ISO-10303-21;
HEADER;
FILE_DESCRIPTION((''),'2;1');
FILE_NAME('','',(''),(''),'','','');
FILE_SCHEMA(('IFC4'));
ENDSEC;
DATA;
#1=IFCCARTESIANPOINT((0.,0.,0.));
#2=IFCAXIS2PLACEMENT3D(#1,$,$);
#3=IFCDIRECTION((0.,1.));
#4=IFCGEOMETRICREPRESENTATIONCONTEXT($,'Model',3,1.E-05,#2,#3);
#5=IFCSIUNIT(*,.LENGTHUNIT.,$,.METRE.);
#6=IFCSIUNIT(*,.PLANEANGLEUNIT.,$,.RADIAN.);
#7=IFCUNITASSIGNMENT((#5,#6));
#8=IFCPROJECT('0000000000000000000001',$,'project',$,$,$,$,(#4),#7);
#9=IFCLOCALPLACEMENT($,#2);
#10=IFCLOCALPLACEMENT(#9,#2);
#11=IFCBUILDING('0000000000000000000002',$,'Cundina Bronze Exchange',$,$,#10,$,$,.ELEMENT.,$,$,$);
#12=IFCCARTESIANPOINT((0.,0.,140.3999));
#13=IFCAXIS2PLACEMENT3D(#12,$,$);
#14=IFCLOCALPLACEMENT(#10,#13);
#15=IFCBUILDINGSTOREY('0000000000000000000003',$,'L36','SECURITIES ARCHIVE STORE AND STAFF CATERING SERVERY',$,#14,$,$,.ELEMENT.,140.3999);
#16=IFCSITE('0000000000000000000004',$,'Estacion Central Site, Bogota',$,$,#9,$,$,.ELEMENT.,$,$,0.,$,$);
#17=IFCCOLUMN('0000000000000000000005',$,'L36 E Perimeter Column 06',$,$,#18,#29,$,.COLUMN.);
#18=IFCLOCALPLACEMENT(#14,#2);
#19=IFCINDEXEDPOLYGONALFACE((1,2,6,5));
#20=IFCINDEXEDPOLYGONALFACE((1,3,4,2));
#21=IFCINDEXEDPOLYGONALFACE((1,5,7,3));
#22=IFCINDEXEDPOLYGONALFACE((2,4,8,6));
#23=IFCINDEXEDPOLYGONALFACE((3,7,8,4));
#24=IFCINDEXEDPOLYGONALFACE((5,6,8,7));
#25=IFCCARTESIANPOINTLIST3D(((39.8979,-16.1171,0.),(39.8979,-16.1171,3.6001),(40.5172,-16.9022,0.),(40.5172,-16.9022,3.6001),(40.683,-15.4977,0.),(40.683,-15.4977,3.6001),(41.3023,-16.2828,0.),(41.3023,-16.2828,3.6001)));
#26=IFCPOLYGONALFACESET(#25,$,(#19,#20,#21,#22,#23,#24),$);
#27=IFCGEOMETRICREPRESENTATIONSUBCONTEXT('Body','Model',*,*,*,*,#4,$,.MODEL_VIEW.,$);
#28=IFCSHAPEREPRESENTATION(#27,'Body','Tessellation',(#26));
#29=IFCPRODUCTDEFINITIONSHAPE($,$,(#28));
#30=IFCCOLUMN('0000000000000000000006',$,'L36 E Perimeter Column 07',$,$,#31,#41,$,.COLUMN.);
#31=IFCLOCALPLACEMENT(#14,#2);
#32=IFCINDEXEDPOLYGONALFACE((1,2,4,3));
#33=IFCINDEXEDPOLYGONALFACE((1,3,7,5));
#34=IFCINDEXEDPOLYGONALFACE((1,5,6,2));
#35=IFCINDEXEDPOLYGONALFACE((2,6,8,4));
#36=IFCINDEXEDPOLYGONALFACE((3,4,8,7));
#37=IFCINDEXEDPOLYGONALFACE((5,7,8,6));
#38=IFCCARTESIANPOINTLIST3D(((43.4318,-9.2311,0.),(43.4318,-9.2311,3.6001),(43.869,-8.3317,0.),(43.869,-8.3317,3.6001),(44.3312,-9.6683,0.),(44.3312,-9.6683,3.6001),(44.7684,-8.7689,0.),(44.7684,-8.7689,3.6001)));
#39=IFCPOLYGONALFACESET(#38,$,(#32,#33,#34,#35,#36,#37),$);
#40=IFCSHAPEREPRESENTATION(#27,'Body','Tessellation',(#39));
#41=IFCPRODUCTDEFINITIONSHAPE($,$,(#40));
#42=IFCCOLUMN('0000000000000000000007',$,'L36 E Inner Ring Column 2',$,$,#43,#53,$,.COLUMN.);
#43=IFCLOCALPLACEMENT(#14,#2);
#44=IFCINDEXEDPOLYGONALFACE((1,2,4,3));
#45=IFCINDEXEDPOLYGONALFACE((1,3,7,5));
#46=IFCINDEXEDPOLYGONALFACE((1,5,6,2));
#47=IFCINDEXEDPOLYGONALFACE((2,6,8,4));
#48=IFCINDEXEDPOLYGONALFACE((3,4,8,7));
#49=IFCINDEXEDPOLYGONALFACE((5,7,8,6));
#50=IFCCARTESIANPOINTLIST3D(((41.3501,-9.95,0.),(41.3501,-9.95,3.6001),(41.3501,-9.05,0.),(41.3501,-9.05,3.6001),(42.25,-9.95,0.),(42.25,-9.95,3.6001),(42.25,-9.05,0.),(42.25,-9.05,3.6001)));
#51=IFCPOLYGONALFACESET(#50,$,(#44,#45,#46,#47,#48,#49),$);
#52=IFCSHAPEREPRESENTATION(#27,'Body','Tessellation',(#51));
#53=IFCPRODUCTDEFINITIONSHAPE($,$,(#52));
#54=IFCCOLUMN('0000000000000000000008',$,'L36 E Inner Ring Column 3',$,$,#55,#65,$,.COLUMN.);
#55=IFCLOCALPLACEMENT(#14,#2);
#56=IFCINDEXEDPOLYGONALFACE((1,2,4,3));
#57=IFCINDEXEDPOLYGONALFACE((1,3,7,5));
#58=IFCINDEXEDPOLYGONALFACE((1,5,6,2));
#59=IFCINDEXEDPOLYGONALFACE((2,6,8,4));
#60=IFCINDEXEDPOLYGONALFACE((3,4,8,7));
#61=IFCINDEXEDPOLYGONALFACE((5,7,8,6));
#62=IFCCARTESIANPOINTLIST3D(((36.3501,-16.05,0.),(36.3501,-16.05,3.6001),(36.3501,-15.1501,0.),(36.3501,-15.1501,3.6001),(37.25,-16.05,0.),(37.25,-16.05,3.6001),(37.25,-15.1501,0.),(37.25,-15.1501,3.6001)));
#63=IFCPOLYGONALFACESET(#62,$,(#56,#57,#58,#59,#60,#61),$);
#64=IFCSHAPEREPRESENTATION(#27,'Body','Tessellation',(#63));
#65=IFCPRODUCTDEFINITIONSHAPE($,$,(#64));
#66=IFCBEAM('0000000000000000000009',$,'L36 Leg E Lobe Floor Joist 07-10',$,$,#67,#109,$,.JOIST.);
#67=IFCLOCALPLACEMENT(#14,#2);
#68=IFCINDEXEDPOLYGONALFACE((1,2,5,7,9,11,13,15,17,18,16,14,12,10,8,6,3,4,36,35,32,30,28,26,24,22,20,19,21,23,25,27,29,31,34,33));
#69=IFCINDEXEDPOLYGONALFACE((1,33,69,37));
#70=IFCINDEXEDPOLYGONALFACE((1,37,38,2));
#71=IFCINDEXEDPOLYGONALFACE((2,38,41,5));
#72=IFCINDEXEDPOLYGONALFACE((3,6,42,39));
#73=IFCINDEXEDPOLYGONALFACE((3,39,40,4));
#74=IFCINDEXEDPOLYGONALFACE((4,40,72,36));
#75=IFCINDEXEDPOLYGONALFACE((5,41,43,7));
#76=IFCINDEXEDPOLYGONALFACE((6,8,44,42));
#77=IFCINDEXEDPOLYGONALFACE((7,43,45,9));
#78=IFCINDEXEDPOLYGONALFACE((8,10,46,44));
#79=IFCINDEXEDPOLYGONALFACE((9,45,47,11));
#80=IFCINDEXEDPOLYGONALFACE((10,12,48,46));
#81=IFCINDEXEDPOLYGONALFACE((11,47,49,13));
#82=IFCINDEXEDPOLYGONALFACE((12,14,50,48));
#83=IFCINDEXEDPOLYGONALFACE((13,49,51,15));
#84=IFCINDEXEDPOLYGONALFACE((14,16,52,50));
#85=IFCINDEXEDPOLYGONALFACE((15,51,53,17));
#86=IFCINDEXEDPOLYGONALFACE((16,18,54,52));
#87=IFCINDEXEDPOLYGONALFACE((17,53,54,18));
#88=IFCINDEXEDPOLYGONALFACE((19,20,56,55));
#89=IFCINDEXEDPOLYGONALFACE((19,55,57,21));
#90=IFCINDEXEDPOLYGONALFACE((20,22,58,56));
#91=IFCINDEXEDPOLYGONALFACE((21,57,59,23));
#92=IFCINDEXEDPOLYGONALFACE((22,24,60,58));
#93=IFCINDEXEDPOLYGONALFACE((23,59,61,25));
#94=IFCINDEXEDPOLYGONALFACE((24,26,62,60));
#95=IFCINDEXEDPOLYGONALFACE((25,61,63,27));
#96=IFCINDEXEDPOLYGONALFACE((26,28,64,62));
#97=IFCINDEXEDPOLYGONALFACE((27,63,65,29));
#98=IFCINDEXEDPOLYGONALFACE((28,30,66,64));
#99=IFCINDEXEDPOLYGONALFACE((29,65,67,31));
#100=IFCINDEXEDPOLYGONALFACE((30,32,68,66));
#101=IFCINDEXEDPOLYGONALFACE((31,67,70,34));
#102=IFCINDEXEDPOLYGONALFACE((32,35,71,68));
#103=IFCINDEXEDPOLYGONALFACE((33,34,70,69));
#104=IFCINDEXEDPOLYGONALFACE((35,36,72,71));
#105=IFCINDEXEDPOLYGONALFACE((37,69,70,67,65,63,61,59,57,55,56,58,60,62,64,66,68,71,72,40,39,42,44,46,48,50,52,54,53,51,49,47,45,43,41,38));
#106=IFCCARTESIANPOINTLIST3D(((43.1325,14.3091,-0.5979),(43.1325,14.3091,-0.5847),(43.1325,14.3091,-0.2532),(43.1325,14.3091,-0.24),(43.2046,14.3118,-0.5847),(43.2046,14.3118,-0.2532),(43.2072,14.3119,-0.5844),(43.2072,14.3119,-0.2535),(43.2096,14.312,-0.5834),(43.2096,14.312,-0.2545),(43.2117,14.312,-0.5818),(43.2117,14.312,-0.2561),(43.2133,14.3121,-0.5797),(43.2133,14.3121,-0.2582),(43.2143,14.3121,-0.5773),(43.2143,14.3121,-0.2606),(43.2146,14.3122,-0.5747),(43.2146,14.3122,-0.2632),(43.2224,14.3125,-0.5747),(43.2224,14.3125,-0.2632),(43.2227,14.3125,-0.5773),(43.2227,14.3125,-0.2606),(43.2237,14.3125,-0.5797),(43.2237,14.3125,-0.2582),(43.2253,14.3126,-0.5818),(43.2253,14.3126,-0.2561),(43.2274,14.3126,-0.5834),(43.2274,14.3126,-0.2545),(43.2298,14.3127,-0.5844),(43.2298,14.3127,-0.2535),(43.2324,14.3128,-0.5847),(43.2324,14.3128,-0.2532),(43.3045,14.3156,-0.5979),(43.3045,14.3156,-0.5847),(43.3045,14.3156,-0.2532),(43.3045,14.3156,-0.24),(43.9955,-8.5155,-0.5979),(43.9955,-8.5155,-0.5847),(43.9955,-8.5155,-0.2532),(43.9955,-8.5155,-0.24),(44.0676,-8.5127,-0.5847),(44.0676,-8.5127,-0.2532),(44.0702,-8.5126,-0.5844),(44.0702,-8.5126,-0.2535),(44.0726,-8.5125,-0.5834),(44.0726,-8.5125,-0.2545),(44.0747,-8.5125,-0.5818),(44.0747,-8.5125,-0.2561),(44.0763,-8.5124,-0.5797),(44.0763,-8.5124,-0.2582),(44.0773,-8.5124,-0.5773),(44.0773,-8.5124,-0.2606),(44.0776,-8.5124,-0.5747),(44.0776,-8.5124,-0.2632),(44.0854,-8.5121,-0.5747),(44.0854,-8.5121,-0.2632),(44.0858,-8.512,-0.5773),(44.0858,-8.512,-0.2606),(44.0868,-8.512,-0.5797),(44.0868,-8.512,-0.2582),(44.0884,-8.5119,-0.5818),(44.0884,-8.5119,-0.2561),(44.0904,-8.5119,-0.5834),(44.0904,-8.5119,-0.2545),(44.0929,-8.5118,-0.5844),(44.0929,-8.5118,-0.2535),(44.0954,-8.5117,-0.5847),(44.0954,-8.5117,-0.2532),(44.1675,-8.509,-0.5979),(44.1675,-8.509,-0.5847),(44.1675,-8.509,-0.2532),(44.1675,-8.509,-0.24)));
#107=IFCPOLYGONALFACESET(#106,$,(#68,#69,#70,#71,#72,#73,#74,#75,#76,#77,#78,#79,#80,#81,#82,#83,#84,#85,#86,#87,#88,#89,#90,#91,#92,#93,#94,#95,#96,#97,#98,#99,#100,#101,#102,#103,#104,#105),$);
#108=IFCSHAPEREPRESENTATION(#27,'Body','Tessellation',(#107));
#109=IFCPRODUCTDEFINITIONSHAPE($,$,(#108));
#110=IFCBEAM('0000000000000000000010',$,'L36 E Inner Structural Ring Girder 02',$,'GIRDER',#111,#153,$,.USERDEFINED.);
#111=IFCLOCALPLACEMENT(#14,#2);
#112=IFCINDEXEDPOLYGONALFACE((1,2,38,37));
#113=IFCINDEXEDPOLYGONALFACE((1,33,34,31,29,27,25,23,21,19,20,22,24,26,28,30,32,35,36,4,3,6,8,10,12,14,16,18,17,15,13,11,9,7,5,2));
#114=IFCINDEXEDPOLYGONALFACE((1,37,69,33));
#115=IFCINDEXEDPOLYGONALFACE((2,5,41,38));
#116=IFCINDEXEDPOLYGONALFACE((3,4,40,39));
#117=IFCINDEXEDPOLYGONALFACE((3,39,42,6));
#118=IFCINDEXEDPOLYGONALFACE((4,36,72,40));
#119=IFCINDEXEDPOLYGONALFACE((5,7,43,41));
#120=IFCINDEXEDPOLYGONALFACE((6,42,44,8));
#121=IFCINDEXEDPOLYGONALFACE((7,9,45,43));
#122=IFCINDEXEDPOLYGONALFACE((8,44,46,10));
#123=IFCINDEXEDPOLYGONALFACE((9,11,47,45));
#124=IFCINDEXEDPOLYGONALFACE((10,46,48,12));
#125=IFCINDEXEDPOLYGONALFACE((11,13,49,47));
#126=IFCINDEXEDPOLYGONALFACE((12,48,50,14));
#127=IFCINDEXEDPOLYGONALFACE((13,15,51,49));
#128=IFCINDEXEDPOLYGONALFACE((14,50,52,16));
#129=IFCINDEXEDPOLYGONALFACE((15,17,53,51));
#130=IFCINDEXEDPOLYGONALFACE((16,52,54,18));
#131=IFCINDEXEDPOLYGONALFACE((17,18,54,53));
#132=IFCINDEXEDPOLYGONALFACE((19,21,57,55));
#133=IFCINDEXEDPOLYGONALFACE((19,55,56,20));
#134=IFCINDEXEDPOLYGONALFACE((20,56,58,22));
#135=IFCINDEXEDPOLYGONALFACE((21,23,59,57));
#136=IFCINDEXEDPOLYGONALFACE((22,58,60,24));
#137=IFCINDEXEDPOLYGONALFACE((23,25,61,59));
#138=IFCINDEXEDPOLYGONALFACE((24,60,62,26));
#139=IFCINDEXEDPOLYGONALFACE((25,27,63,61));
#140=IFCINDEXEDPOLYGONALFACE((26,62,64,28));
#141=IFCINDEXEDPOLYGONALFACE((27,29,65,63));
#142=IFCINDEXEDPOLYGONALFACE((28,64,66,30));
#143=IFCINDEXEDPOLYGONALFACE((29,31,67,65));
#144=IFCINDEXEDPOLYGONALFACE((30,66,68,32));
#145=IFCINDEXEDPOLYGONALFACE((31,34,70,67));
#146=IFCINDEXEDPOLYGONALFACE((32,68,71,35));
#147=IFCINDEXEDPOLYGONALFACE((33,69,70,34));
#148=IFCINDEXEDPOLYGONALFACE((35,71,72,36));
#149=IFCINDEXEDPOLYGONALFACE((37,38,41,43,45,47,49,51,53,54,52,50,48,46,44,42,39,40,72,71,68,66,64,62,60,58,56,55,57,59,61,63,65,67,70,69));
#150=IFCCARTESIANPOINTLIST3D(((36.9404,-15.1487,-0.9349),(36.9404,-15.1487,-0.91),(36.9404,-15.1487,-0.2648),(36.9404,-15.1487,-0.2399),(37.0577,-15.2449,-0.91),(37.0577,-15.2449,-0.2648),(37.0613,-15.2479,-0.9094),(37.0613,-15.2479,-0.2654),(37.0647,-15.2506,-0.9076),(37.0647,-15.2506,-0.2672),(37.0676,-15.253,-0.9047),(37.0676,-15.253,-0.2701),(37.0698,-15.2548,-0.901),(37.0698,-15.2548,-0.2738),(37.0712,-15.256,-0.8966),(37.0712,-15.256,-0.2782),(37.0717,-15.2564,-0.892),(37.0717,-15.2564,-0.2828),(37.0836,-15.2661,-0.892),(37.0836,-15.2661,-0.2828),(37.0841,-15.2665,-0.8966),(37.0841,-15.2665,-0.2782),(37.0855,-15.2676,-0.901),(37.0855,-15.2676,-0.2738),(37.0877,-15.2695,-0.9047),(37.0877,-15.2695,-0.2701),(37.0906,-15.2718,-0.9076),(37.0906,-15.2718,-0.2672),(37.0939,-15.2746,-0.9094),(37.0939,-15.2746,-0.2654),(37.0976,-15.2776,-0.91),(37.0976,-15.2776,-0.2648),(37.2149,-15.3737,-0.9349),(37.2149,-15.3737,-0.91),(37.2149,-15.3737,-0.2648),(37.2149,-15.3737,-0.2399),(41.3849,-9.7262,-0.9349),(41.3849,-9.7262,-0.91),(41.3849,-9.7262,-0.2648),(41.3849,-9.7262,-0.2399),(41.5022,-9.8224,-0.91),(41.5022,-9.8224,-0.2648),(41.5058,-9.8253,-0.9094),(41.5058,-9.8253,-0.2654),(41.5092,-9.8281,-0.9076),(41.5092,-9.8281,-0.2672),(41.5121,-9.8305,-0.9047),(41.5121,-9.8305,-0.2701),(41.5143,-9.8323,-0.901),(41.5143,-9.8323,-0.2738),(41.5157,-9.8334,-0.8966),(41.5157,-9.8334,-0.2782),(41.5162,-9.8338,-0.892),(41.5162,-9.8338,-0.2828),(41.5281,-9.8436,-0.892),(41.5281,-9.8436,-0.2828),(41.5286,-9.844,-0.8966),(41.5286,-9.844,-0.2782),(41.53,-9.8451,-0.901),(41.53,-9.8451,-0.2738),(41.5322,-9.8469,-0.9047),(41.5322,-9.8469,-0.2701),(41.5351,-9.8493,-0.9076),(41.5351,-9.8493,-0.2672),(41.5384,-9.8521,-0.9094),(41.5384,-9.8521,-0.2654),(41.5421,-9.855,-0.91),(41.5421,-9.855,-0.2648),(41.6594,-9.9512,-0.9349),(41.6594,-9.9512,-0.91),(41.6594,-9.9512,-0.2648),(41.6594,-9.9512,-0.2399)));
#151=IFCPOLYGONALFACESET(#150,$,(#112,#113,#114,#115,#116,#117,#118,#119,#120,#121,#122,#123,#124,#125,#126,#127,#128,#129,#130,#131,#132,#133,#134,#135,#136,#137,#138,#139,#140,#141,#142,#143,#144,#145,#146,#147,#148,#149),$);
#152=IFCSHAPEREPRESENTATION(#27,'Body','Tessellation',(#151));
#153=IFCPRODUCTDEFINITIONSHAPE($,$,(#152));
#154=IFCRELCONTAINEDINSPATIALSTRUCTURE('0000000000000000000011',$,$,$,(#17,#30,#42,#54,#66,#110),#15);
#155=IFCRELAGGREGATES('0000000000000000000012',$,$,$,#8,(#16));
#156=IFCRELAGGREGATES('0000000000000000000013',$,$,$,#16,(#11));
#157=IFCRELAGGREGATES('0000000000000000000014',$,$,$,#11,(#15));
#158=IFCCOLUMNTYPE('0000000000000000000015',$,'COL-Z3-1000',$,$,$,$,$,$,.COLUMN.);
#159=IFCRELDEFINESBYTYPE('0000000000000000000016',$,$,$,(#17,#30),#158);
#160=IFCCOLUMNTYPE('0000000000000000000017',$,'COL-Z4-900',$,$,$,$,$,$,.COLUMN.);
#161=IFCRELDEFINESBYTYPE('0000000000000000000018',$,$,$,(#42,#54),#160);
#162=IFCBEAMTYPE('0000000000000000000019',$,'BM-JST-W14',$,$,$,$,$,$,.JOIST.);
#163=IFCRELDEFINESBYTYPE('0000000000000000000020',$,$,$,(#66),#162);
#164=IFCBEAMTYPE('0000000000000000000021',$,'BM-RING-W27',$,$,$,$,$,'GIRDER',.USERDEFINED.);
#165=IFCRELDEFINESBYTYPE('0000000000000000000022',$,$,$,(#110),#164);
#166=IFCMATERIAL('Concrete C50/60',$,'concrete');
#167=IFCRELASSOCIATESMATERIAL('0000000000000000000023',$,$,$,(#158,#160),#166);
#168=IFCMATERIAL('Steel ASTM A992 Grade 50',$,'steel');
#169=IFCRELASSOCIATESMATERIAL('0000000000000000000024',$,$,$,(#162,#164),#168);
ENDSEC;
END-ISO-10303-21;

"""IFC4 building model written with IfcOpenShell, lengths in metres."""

from ifc_helpers import new_model, si_unit, direction, frame, origin, origin_2d, place, context, subcontext, project, spatial, rectangle, i_section, extrude, material, material_profile, profile_set, type_object, element, save


model = new_model("IFC4")

# Units and contexts
model_context = context("Model", 3, precision=1e-05, world=origin(), true_north=direction((0.0, 1.0)))
body_context = subcontext(model_context, "Body", "Model", "MODEL_VIEW")
ifc_project = project(units=[si_unit("LENGTHUNIT", "METRE"), si_unit("PLANEANGLEUNIT", "RADIAN")], contexts=[model_context])

# Site, building, storey
site_placement = place(None, origin())
site = spatial("IfcSite", under=ifc_project, at=site_placement, Name="Estacion Central Site, Bogota", CompositionType="ELEMENT", RefElevation=0.0)
building_placement = place(site_placement, origin())
building = spatial("IfcBuilding", under=site, at=building_placement, Name="Cundina Bronze Exchange", CompositionType="ELEMENT")
storey_placement = place(building_placement, frame((0.0, 0.0, 140.3999)))
storey = spatial("IfcBuildingStorey", under=building, at=storey_placement, Name="L36", Description="SECURITIES ARCHIVE STORE AND STAFF CATERING SERVERY", CompositionType="ELEMENT", Elevation=140.3999)

# Columns
ifc_material_1 = material(Name="Concrete C50/60", Category="concrete")
ifc_material_profile_1 = material_profile(ifc_material_1, rectangle(XDim=1.0, YDim=1.0, at=origin_2d()), Name="RC1000X1000", Category="concrete")
ifc_profile_set_1 = profile_set([ifc_material_profile_1], Name="Concrete C50/60")
column_type_1 = type_object("IfcColumnType", Name="COL-Z3-1000", PredefinedType="COLUMN", material=ifc_profile_set_1)
for number, where, z_axis, x_axis, name in (
    (1, (40.6001, -16.2, 0.0), (0.0, 0.0, 1.0), (0.785101, 0.619368, 0.0), "L36 E Perimeter Column 06"),
    (2, (44.1001, -9.0, 0.0), (0.0, 0.0, 1.0), (0.437116, 0.899405, 0.0), "L36 E Perimeter Column 07"),
):
    element("IfcColumn", number, at=place(storey_placement, frame(where, z_axis=z_axis, x_axis=x_axis)), inside=storey, type_object=column_type_1, Name=name, PredefinedType="COLUMN", context=body_context, shape_type="SweptSolid", body=[
        extrude(rectangle(XDim=1.0, YDim=1.0, at=origin_2d()), origin(), (0.0, 0.0, 1.0), 3.6001),
    ])
ifc_material_profile_2 = material_profile(ifc_material_1, rectangle(XDim=0.8999, YDim=0.8999, at=origin_2d()), Name="RC900X900", Category="concrete")
ifc_profile_set_2 = profile_set([ifc_material_profile_2], Name="Concrete C50/60")
column_type_2 = type_object("IfcColumnType", Name="COL-Z4-900", PredefinedType="COLUMN", material=ifc_profile_set_2)
for number, where, z_axis, x_axis, name in (
    (3, (41.8, -9.5, 0.0), (0.0, 0.0, 1.0), (1.0, 0.0, 0.0), "L36 E Inner Ring Column 2"),
    (4, (36.8, -15.6001, 0.0), (0.0, 0.0, 1.0), (1.0, 0.0, 0.0), "L36 E Inner Ring Column 3"),
):
    element("IfcColumn", number, at=place(storey_placement, frame(where, z_axis=z_axis, x_axis=x_axis)), inside=storey, type_object=column_type_2, Name=name, PredefinedType="COLUMN", context=body_context, shape_type="SweptSolid", body=[
        extrude(rectangle(XDim=0.8999, YDim=0.8999, at=origin_2d()), origin(), (0.0, 0.0, 1.0), 3.6001),
    ])

# Beams
ifc_material_2 = material(Name="Steel ASTM A992 Grade 50", Category="steel")
ifc_material_profile_3 = material_profile(ifc_material_2, i_section(OverallWidth=0.1721, OverallDepth=0.3579, WebThickness=0.0078, FlangeThickness=0.0132, FilletRadius=0.01, at=origin_2d()), Name="W14X38", Category="steel")
ifc_profile_set_3 = profile_set([ifc_material_profile_3], Name="Steel ASTM A992 Grade 50")
beam_type_1 = type_object("IfcBeamType", Name="BM-JST-W14", PredefinedType="JOIST", material=ifc_profile_set_3)
beam_1_placement = place(storey_placement, frame((44.0815, -8.5122, -0.4189), z_axis=(-0.037785, 0.999286, 0.0), x_axis=(-0.999286, -0.037785, 0.0)))
element("IfcBeam", 5, at=beam_1_placement, inside=storey, type_object=beam_type_1, Name="L36 Leg E Lobe Floor Joist 07-10", PredefinedType="JOIST", context=body_context, shape_type="SweptSolid", body=[
    extrude(i_section(OverallWidth=0.1721, OverallDepth=0.3579, WebThickness=0.0078, FlangeThickness=0.0132, FilletRadius=0.01, at=origin_2d()), origin(), (0.0, 0.0, 1.0), 22.8408),
])
ifc_material_profile_4 = material_profile(ifc_material_2, i_section(OverallWidth=0.355, OverallDepth=0.6951, WebThickness=0.0154, FlangeThickness=0.0249, FilletRadius=0.0181, at=origin_2d()), Name="W27X146", Category="steel")
ifc_profile_set_4 = profile_set([ifc_material_profile_4], Name="Steel ASTM A992 Grade 50")
beam_type_2 = type_object("IfcBeamType", Name="BM-RING-W27", ElementType="GIRDER", PredefinedType="USERDEFINED", material=ifc_profile_set_4)
beam_2_placement = place(storey_placement, frame((37.0776, -15.2612, -0.5874), z_axis=(0.633913, 0.773405, 0.0), x_axis=(-0.773405, 0.633913, 0.0)))
element("IfcBeam", 6, at=beam_2_placement, inside=storey, type_object=beam_type_2, Name="L36 E Inner Structural Ring Girder 02", ObjectType="GIRDER", PredefinedType="USERDEFINED", context=body_context, shape_type="SweptSolid", body=[
    extrude(i_section(OverallWidth=0.355, OverallDepth=0.6951, WebThickness=0.0154, FlangeThickness=0.0249, FilletRadius=0.0181, at=origin_2d()), origin(), (0.0, 0.0, 1.0), 7.0112),
])

save(model, "model.ifc")
